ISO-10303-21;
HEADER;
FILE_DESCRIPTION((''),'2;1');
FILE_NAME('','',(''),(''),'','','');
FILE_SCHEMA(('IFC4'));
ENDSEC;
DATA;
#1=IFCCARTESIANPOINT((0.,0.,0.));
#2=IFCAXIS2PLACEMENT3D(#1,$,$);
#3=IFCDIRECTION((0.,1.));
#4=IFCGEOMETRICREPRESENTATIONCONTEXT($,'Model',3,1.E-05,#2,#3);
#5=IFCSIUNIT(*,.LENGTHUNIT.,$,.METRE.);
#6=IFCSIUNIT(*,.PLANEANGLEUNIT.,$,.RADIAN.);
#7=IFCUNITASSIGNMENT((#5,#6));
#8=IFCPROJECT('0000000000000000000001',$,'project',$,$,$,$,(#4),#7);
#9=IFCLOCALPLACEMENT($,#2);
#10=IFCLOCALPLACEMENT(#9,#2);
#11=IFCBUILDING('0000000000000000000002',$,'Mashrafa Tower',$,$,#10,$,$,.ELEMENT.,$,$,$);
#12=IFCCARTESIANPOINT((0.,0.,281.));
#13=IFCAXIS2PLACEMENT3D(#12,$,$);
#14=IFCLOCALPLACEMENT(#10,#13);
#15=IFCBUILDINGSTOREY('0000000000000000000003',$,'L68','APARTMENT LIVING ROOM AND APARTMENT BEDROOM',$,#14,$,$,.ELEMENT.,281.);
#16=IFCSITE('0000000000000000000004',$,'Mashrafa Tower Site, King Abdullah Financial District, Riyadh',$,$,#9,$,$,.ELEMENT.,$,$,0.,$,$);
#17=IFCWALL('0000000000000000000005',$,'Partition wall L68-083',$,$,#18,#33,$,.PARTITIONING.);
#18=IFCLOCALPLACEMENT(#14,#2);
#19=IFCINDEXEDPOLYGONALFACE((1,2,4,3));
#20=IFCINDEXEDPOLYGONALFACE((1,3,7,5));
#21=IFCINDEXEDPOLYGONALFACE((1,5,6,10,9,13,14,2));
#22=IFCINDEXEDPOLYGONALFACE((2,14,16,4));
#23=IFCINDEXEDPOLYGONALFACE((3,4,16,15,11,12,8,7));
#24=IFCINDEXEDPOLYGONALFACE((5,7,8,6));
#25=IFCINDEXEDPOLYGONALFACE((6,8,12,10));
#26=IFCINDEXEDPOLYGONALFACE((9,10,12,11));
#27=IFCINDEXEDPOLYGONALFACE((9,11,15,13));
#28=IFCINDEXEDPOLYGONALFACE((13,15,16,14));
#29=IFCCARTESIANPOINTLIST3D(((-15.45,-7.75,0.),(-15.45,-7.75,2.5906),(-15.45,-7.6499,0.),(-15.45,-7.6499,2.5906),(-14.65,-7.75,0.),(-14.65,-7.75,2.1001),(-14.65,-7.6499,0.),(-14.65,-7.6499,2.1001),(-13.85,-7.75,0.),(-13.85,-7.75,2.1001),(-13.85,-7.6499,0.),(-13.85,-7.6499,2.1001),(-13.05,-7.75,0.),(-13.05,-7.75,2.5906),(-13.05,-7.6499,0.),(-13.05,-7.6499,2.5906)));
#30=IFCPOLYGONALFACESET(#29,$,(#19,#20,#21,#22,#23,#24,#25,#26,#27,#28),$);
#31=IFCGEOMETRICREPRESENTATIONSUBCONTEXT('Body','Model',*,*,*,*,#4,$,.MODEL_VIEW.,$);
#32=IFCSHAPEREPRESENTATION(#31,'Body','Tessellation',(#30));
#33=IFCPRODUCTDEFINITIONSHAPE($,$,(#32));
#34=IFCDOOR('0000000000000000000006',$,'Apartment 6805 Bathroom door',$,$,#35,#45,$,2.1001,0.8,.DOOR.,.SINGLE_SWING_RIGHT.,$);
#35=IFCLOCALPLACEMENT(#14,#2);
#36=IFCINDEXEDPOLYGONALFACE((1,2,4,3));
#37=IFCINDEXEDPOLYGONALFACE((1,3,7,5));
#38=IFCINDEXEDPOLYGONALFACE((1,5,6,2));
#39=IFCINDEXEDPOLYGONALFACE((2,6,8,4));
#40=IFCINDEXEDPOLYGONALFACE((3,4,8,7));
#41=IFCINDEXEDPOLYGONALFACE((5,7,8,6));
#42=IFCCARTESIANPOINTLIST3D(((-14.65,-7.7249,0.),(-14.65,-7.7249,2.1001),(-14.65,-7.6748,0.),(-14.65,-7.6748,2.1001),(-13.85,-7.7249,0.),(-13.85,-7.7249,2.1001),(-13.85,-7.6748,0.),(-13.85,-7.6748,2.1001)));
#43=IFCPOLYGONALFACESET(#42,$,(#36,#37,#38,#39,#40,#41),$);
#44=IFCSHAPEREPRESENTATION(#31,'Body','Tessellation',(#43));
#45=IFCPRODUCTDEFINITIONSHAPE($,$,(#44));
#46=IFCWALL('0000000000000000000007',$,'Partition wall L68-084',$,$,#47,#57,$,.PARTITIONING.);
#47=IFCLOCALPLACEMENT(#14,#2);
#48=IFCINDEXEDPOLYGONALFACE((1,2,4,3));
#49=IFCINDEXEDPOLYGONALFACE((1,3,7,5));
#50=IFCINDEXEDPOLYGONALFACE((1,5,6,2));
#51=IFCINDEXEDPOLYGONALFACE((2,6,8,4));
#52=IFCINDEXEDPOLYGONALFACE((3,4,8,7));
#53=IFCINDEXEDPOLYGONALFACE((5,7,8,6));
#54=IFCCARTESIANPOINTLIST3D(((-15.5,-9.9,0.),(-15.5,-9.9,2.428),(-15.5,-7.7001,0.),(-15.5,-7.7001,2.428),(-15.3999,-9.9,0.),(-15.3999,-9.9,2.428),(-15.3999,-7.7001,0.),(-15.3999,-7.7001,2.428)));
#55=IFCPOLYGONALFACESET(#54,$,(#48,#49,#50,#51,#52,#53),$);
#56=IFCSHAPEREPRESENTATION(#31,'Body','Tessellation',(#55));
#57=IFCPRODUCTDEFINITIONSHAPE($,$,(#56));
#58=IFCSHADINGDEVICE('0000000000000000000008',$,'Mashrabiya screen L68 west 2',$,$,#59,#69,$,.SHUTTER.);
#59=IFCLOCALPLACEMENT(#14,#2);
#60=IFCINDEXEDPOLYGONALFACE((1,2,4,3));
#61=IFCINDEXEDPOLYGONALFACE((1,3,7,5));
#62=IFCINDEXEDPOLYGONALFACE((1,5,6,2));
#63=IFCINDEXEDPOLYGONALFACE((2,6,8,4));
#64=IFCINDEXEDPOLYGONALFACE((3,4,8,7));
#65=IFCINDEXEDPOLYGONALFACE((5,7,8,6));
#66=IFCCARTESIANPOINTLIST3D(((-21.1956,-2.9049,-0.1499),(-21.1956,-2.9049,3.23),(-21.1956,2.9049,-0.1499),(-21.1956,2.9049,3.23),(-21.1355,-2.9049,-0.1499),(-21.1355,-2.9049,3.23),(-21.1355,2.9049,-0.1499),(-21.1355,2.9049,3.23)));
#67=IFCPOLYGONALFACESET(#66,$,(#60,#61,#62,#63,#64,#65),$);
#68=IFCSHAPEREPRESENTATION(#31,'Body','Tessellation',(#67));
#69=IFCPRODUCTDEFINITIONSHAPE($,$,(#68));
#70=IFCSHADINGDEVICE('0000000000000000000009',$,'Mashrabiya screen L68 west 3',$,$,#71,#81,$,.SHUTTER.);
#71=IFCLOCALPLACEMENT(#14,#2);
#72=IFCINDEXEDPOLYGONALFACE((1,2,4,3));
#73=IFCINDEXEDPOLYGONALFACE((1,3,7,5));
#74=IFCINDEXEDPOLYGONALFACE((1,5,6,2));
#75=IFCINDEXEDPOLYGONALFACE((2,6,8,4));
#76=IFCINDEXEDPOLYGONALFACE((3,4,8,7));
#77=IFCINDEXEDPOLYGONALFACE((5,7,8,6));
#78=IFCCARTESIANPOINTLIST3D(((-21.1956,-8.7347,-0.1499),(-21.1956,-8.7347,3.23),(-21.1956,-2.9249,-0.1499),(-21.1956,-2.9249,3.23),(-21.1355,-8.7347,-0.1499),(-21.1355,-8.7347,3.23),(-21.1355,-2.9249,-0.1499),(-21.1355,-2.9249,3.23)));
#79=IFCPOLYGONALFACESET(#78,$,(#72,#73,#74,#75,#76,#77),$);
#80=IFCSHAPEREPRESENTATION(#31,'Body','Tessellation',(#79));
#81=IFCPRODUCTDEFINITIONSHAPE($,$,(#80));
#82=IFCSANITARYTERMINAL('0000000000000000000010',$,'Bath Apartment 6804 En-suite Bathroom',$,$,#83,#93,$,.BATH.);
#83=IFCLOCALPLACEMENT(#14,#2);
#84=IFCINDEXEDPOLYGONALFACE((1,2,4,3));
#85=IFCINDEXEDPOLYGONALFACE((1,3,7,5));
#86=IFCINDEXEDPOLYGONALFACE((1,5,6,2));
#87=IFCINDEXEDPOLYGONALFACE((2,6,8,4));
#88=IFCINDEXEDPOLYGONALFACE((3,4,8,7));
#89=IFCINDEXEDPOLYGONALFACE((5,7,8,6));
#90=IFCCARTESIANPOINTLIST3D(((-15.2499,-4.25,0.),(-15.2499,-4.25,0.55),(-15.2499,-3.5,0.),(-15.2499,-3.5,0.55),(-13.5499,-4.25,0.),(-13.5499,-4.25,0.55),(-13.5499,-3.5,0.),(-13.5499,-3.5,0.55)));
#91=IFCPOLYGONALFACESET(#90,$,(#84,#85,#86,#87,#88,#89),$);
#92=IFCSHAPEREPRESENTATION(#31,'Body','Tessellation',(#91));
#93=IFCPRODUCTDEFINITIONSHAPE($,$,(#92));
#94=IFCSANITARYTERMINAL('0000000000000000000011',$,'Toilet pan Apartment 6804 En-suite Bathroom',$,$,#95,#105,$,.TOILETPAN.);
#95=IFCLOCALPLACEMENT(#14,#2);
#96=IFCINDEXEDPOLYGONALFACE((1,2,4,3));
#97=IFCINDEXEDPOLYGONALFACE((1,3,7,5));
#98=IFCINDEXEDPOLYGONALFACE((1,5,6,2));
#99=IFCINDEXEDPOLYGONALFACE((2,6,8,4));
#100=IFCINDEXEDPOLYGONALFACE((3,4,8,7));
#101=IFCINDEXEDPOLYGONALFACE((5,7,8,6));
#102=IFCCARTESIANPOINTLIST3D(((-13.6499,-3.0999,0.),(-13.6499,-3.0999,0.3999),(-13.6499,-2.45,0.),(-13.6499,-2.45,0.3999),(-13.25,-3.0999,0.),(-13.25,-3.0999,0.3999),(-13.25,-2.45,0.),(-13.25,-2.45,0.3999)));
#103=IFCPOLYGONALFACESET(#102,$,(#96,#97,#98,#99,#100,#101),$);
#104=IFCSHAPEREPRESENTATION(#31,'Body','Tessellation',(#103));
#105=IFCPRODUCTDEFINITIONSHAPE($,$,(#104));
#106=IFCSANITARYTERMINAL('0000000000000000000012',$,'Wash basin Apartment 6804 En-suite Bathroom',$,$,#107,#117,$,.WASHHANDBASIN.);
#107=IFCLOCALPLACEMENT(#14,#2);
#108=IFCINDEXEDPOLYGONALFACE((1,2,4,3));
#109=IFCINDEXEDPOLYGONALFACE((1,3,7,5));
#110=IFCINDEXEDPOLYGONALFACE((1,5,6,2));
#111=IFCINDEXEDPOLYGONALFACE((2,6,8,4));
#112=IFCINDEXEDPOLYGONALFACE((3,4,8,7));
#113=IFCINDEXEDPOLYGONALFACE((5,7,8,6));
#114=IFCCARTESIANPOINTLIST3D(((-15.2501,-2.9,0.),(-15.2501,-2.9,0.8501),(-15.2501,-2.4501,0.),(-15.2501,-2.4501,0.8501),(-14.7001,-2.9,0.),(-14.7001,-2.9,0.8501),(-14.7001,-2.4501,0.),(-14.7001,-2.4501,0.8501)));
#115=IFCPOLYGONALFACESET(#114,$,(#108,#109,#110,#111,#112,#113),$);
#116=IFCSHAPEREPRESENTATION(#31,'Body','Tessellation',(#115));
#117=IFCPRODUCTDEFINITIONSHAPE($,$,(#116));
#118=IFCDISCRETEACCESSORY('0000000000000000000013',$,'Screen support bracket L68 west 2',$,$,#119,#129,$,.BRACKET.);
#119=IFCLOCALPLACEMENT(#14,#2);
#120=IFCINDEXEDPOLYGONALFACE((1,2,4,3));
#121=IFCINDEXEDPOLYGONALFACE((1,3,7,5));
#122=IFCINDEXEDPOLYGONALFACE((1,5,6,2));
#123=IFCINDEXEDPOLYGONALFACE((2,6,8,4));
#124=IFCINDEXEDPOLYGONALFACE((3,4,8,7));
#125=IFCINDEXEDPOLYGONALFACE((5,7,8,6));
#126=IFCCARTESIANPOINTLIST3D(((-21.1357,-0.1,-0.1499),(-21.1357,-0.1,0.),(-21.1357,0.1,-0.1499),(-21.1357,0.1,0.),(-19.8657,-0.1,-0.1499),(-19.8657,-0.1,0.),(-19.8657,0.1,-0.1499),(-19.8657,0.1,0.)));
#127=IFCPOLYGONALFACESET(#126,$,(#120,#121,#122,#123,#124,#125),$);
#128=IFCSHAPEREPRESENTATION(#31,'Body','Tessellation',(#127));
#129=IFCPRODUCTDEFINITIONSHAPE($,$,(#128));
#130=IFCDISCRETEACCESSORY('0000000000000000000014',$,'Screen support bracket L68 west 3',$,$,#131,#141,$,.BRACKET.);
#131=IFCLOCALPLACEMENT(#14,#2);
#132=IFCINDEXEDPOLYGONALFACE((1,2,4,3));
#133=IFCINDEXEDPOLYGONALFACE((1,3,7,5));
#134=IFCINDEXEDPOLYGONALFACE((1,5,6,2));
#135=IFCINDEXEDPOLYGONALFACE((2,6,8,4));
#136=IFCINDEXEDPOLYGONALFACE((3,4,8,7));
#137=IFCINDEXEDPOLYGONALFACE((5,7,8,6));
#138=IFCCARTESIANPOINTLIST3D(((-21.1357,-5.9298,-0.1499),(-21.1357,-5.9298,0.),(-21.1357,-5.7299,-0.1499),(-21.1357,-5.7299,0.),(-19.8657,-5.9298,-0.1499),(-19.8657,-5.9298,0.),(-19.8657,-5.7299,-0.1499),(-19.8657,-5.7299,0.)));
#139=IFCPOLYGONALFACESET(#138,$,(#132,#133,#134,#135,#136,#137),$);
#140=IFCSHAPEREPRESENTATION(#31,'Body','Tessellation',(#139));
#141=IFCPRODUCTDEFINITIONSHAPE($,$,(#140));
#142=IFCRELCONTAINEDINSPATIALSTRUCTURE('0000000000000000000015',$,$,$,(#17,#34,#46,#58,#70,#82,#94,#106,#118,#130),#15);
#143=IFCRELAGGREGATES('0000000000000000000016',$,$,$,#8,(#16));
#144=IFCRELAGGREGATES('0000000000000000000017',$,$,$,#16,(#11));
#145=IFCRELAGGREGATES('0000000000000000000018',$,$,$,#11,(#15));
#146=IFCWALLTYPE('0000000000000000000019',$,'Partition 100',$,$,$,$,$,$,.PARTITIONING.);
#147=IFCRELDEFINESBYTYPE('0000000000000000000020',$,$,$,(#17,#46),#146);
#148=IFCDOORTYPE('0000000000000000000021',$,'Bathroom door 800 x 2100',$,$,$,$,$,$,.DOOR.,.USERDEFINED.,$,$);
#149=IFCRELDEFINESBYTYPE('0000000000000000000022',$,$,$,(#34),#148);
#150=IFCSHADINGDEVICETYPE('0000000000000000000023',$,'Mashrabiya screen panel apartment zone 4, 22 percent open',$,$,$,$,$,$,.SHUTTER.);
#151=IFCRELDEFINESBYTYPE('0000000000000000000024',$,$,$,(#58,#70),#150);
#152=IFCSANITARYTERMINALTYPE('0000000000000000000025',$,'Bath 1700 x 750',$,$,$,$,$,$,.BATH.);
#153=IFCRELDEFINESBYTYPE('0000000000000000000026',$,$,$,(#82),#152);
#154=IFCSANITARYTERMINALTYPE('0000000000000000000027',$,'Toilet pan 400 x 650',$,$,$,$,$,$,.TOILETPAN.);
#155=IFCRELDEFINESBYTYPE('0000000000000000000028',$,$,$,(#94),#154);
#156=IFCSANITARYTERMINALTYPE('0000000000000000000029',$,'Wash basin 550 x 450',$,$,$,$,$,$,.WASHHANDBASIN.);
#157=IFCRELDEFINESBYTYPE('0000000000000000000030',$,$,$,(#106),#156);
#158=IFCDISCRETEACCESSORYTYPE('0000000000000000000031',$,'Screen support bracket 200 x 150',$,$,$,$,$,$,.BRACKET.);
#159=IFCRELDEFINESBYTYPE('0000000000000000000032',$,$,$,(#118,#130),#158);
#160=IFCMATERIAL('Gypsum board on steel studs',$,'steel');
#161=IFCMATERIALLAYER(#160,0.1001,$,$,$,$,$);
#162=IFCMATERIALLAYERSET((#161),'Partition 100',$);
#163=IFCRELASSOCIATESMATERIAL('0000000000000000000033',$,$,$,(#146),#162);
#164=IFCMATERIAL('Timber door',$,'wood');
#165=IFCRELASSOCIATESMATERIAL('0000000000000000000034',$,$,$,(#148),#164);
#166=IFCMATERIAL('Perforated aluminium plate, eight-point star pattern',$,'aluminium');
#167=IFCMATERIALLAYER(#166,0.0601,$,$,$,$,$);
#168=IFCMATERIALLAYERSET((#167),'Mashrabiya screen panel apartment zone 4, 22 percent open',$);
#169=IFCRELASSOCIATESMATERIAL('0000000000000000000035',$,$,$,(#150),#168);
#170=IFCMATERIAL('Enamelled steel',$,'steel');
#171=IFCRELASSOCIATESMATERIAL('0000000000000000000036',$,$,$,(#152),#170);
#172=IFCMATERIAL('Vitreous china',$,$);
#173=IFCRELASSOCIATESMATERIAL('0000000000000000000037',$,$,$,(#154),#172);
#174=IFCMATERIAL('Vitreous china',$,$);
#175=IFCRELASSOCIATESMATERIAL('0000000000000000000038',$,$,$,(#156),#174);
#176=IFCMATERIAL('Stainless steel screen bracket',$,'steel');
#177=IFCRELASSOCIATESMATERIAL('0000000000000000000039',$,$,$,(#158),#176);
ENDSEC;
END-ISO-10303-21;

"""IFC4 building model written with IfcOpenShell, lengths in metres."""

from ifc_helpers import new_model, si_unit, direction, frame, frame_2d, origin, origin_2d, place, context, subcontext, project, spatial, rectangle, extrude, source, transform, mapped, material, layer, layer_set, type_object, type_shapes, element, fill, save


model = new_model("IFC4")

# Units and contexts
model_context = context("Model", 3, precision=1e-05, world=origin(), true_north=direction((0.0, 1.0)))
body_context = subcontext(model_context, "Body", "Model", "MODEL_VIEW")
ifc_project = project(units=[si_unit("LENGTHUNIT", "METRE"), si_unit("PLANEANGLEUNIT", "RADIAN")], contexts=[model_context])

# Site, building, storey
site_placement = place(None, origin())
site = spatial("IfcSite", under=ifc_project, at=site_placement, Name="Mashrafa Tower Site, King Abdullah Financial District, Riyadh", CompositionType="ELEMENT", RefElevation=0.0)
building_placement = place(site_placement, origin())
building = spatial("IfcBuilding", under=site, at=building_placement, Name="Mashrafa Tower", CompositionType="ELEMENT")
storey_placement = place(building_placement, frame((0.0, 0.0, 281.0)))
storey = spatial("IfcBuildingStorey", under=building, at=storey_placement, Name="L68", Description="APARTMENT LIVING ROOM AND APARTMENT BEDROOM", CompositionType="ELEMENT", Elevation=281.0)

# Shared definitions
ifc_material_1 = material(Name="Gypsum board on steel studs", Category="steel")
ifc_layer_1 = layer(ifc_material_1, 0.1001)
ifc_layer_set_1 = layer_set([ifc_layer_1], Name="Partition 100")
wall_type_1 = type_object("IfcWallType", Name="Partition 100", PredefinedType="PARTITIONING", material=ifc_layer_set_1)

# Wall, opening, door
wall_1_placement = place(storey_placement, frame((-13.05, -7.7, 0.0), z_axis=(0.0, 0.0, 1.0), x_axis=(-1.0, 0.0, 0.0)))
wall_1 = element("IfcWall", 1, at=wall_1_placement, inside=storey, type_object=wall_type_1, Name="Partition wall L68-083", PredefinedType="PARTITIONING", context=body_context, shape_type="SweptSolid", body=[
    extrude(rectangle(XDim=2.3999, YDim=0.1001, at=frame_2d((1.2, 0.0))), origin(), (0.0, 0.0, 1.0), 2.5906),
])
opening_1_placement = place(wall_1_placement, frame((0.8, 0.0, 0.0)))
opening_1 = element("IfcOpeningElement", 2, at=opening_1_placement, cuts=wall_1, PredefinedType="OPENING", context=body_context, shape_type="SweptSolid", body=[
    extrude(rectangle(XDim=0.8, YDim=2.1001, at=frame_2d((0.3999, 1.05))), frame((0.0, 0.0601, 0.0), z_axis=(0.0, -1.0, 0.0), x_axis=(1.0, 0.0, 0.0)), (0.0, 0.0, 1.0), 0.1201),
])
ifc_material_2 = material(Name="Timber door", Category="wood")
door_type_1 = type_object("IfcDoorType", Name="Bathroom door 800 x 2100", OperationType="USERDEFINED", PredefinedType="DOOR", material=ifc_material_2)
door_1_placement = place(opening_1_placement, origin())
door_1 = element("IfcDoor", 3, at=door_1_placement, inside=storey, type_object=door_type_1, Name="Apartment 6805 Bathroom door", OperationType="SINGLE_SWING_RIGHT", OverallHeight=2.1001, OverallWidth=0.8, PredefinedType="DOOR", context=body_context, shape_type="SweptSolid", body=[
    extrude(rectangle(XDim=0.8, YDim=2.1001, at=frame_2d((0.3999, 1.05))), frame((0.0, 0.0249, 0.0), z_axis=(0.0, -1.0, 0.0), x_axis=(1.0, 0.0, 0.0)), (0.0, 0.0, 1.0), 0.05),
])
fill(opening_1, door_1)

# Wall
wall_2_placement = place(storey_placement, frame((-15.45, -7.7, 0.0), z_axis=(0.0, 0.0, 1.0), x_axis=(0.0, -1.0, 0.0)))
element("IfcWall", 4, at=wall_2_placement, inside=storey, type_object=wall_type_1, Name="Partition wall L68-084", PredefinedType="PARTITIONING", context=body_context, shape_type="SweptSolid", body=[
    extrude(rectangle(XDim=2.2, YDim=0.1001, at=frame_2d((1.1001, 0.0))), origin(), (0.0, 0.0, 1.0), 2.428),
])

# Shading devices
ifc_material_3 = material(Name="Perforated aluminium plate, eight-point star pattern", Category="aluminium")
ifc_layer_2 = layer(ifc_material_3, 0.0601)
ifc_layer_set_2 = layer_set([ifc_layer_2], Name="Mashrabiya screen panel apartment zone 4, 22 percent open")
shading_device_type = type_object("IfcShadingDeviceType", Name="Mashrabiya screen panel apartment zone 4, 22 percent open", PredefinedType="SHUTTER", material=ifc_layer_set_2)
shared_shape_1 = source(origin(), body_context, "Body", "SweptSolid", [
    extrude(rectangle(XDim=5.8098, YDim=0.0601, at=origin_2d()), origin(), (0.0, 0.0, 1.0), 3.3799),
])
type_shapes(shading_device_type, [shared_shape_1])
for number, where, z_axis, x_axis, name in (
    (5, (-21.1655, 0.0, -0.1499), (0.0, 0.0, 1.0), (0.0, -1.0, 0.0), "Mashrabiya screen L68 west 2"),
    (6, (-21.1655, -5.8298, -0.1499), (0.0, 0.0, 1.0), (0.0, -1.0, 0.0), "Mashrabiya screen L68 west 3"),
):
    element("IfcShadingDevice", number, at=place(storey_placement, frame(where, z_axis=z_axis, x_axis=x_axis)), inside=storey, type_object=shading_device_type, Name=name, PredefinedType="SHUTTER", context=body_context, shape_type="MappedRepresentation", body=[
        mapped(shared_shape_1, transform((0.0, 0.0, 0.0))),
    ])

# Sanitary terminals
ifc_material_4 = material(Name="Enamelled steel", Category="steel")
sanitary_terminal_type_1 = type_object("IfcSanitaryTerminalType", Name="Bath 1700 x 750", PredefinedType="BATH", material=ifc_material_4)
sanitary_terminal_1_placement = place(storey_placement, frame((-14.3999, -3.875, 0.0), z_axis=(0.0, 0.0, 1.0), x_axis=(1.0, 0.0, 0.0)))
element("IfcSanitaryTerminal", 7, at=sanitary_terminal_1_placement, inside=storey, type_object=sanitary_terminal_type_1, Name="Bath Apartment 6804 En-suite Bathroom", PredefinedType="BATH", context=body_context, shape_type="SweptSolid", body=[
    extrude(rectangle(XDim=1.7, YDim=0.75, at=origin_2d()), origin(), (0.0, 0.0, 1.0), 0.55),
])
ifc_material_5 = material(Name="Vitreous china")
sanitary_terminal_type_2 = type_object("IfcSanitaryTerminalType", Name="Toilet pan 400 x 650", PredefinedType="TOILETPAN", material=ifc_material_5)
sanitary_terminal_2_placement = place(storey_placement, frame((-13.45, -2.7749, 0.0), z_axis=(0.0, 0.0, 1.0), x_axis=(-1.0, 0.0, 0.0)))
element("IfcSanitaryTerminal", 8, at=sanitary_terminal_2_placement, inside=storey, type_object=sanitary_terminal_type_2, Name="Toilet pan Apartment 6804 En-suite Bathroom", PredefinedType="TOILETPAN", context=body_context, shape_type="SweptSolid", body=[
    extrude(rectangle(XDim=0.3999, YDim=0.6499, at=origin_2d()), origin(), (0.0, 0.0, 1.0), 0.3999),
])
ifc_material_6 = material(Name="Vitreous china")
sanitary_terminal_type_3 = type_object("IfcSanitaryTerminalType", Name="Wash basin 550 x 450", PredefinedType="WASHHANDBASIN", material=ifc_material_6)
sanitary_terminal_3_placement = place(storey_placement, frame((-14.9751, -2.675, 0.0), z_axis=(0.0, 0.0, 1.0), x_axis=(-1.0, 0.0, 0.0)))
element("IfcSanitaryTerminal", 9, at=sanitary_terminal_3_placement, inside=storey, type_object=sanitary_terminal_type_3, Name="Wash basin Apartment 6804 En-suite Bathroom", PredefinedType="WASHHANDBASIN", context=body_context, shape_type="SweptSolid", body=[
    extrude(rectangle(XDim=0.55, YDim=0.45, at=origin_2d()), origin(), (0.0, 0.0, 1.0), 0.8501),
])

# Discrete accessories
ifc_material_7 = material(Name="Stainless steel screen bracket", Category="steel")
discrete_accessory_type = type_object("IfcDiscreteAccessoryType", Name="Screen support bracket 200 x 150", PredefinedType="BRACKET", material=ifc_material_7)
shared_shape_2 = source(origin(), body_context, "Body", "SweptSolid", [
    extrude(rectangle(XDim=0.2, YDim=1.27, at=origin_2d()), origin(), (0.0, 0.0, 1.0), 0.1499),
])
type_shapes(discrete_accessory_type, [shared_shape_2])
for number, where, z_axis, x_axis, name in (
    (10, (-20.5007, 0.0, -0.1499), (0.0, 0.0, 1.0), (0.0, -1.0, 0.0), "Screen support bracket L68 west 2"),
    (11, (-20.5007, -5.8298, -0.1499), (0.0, 0.0, 1.0), (0.0, -1.0, 0.0), "Screen support bracket L68 west 3"),
):
    element("IfcDiscreteAccessory", number, at=place(storey_placement, frame(where, z_axis=z_axis, x_axis=x_axis)), inside=storey, type_object=discrete_accessory_type, Name=name, PredefinedType="BRACKET", context=body_context, shape_type="MappedRepresentation", body=[
        mapped(shared_shape_2, transform((0.0, 0.0, 0.0))),
    ])

save(model, "model.ifc")
